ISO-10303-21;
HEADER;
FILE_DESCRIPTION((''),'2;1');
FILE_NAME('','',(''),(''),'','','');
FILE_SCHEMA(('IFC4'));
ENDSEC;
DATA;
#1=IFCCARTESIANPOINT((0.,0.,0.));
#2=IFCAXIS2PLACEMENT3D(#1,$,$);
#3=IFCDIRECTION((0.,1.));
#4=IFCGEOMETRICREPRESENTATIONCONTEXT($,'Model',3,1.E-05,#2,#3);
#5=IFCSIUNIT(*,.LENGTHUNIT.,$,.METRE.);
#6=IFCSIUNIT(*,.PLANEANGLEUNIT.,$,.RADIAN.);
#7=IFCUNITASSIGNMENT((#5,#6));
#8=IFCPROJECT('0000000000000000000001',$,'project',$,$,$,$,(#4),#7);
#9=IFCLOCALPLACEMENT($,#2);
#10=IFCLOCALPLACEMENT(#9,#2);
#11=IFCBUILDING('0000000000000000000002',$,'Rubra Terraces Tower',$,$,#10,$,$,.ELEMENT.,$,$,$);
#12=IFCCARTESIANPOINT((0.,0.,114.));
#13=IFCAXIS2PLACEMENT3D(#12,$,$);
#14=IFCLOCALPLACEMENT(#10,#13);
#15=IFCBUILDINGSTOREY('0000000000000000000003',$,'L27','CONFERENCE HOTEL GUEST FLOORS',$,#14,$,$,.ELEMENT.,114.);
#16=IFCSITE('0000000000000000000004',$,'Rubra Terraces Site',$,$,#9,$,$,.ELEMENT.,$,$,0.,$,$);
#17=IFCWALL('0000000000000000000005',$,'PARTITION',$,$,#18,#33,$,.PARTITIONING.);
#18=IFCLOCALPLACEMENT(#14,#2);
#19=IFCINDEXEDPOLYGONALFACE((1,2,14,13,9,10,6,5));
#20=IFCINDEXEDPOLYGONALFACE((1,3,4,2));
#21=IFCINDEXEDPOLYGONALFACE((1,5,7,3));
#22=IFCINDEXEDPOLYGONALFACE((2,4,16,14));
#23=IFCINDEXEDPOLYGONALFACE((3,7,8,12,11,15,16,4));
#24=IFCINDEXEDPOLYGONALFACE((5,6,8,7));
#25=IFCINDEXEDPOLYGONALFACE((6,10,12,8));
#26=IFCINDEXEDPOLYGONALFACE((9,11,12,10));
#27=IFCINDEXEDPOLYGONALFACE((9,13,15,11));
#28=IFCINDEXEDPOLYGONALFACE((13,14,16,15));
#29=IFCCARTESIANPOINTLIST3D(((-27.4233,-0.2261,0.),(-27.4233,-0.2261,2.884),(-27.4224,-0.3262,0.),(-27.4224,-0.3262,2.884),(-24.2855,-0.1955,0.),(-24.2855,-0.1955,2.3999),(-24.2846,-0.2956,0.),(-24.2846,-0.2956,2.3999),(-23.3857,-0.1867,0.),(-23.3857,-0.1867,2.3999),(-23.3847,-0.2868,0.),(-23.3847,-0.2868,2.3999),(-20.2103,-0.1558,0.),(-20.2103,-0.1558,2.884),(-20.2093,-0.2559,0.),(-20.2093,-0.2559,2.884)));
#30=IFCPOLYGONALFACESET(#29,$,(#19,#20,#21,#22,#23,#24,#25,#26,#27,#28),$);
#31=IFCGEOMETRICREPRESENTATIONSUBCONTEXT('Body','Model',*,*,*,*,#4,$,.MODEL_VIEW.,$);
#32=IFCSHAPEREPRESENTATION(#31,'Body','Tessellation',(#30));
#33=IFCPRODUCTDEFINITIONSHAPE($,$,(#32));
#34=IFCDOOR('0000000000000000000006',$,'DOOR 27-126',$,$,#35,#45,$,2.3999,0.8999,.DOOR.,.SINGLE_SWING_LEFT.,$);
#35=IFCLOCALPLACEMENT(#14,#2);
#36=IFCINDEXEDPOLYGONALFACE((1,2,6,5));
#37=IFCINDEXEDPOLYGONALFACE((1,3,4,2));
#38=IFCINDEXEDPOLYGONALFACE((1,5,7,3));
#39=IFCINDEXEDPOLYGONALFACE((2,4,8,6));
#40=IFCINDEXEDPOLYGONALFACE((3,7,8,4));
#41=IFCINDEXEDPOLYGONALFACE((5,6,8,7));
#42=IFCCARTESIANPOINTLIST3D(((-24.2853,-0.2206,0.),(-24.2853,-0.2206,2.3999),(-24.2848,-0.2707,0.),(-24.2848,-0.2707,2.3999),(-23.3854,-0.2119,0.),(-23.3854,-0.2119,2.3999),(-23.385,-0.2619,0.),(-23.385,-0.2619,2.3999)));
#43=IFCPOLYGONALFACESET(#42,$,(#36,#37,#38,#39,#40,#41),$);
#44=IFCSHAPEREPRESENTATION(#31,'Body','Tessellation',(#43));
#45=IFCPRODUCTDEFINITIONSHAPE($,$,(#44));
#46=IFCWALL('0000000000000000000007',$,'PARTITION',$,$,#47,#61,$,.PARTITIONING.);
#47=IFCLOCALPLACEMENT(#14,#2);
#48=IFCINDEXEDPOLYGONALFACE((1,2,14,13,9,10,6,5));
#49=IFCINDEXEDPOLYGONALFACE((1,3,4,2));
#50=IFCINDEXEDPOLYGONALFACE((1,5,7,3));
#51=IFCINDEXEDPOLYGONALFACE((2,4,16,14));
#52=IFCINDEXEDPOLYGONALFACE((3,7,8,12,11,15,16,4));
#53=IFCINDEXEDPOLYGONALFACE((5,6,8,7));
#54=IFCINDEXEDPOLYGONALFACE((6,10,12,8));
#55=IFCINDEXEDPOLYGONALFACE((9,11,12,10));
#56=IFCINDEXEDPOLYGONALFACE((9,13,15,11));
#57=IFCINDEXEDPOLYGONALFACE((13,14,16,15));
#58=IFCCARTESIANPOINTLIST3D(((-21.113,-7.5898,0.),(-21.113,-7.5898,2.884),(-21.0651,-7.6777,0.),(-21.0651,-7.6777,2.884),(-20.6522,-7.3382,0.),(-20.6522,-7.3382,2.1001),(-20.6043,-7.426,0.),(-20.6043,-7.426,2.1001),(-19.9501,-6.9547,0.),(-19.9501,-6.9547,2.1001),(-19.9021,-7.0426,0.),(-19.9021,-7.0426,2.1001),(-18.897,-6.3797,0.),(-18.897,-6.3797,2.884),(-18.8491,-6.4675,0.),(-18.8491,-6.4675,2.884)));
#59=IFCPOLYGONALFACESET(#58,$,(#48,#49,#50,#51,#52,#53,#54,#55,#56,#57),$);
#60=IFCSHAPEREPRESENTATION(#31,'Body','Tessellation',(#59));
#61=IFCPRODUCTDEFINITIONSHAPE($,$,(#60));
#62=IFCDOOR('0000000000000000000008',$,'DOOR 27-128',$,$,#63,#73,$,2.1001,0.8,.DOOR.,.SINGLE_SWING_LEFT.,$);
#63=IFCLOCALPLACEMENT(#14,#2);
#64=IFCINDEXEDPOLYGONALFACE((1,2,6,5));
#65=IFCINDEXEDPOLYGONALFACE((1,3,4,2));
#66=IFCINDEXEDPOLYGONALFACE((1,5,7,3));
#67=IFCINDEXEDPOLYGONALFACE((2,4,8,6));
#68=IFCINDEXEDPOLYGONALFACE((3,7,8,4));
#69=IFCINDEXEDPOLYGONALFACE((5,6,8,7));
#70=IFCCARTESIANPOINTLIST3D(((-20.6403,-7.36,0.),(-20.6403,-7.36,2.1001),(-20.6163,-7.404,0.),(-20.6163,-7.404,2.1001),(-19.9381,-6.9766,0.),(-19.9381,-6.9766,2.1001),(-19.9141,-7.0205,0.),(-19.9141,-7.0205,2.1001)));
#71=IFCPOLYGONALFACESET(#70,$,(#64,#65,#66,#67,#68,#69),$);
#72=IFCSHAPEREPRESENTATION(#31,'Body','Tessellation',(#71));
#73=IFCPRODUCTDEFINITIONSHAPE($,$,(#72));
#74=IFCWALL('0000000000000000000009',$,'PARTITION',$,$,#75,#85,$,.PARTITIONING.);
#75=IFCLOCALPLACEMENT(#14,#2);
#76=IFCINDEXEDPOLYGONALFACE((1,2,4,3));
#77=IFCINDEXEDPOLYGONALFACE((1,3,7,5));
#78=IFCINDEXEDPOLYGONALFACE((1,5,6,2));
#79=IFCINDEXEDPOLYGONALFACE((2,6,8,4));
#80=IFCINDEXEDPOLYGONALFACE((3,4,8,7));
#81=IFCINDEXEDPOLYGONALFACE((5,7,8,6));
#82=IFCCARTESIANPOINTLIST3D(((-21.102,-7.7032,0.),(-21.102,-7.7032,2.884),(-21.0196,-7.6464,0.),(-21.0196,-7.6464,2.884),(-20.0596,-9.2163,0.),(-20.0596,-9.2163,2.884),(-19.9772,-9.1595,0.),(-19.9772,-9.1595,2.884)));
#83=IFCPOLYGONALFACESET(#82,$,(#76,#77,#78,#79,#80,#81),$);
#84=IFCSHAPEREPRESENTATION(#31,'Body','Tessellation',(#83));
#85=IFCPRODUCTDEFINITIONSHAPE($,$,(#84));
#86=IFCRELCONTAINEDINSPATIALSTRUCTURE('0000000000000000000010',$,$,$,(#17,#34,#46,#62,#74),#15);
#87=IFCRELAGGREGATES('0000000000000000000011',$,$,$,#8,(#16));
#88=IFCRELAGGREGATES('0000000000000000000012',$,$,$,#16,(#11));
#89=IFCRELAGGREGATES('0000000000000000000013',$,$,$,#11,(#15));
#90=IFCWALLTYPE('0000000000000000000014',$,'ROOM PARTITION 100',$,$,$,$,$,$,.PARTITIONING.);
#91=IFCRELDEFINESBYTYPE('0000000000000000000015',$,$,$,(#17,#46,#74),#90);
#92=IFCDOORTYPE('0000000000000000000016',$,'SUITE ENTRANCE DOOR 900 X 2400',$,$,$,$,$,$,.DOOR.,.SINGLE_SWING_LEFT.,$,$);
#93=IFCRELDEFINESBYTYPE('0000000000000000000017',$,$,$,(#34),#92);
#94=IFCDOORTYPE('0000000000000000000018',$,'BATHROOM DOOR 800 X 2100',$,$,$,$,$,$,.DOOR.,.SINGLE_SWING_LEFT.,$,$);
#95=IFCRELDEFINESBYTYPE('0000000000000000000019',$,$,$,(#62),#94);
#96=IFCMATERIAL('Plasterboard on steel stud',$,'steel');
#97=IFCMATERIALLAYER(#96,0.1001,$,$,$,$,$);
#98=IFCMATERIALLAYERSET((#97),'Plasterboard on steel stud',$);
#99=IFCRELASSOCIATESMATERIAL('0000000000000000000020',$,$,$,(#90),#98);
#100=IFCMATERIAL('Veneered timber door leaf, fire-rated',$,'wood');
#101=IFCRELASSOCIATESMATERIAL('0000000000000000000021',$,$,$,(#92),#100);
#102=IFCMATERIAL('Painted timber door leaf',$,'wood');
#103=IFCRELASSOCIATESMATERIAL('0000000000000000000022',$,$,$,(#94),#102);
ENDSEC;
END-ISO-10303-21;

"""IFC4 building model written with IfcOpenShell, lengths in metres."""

from ifc_helpers import new_model, si_unit, direction, frame, frame_2d, origin, place, context, subcontext, project, spatial, rectangle, extrude, material, layer, layer_set, type_object, element, fill, save


model = new_model("IFC4")

# Units and contexts
model_context = context("Model", 3, precision=1e-05, world=origin(), true_north=direction((0.0, 1.0)))
body_context = subcontext(model_context, "Body", "Model", "MODEL_VIEW")
ifc_project = project(units=[si_unit("LENGTHUNIT", "METRE"), si_unit("PLANEANGLEUNIT", "RADIAN")], contexts=[model_context])

# Site, building, storey
site_placement = place(None, origin())
site = spatial("IfcSite", under=ifc_project, at=site_placement, Name="Rubra Terraces Site", CompositionType="ELEMENT", RefElevation=0.0)
building_placement = place(site_placement, origin())
building = spatial("IfcBuilding", under=site, at=building_placement, Name="Rubra Terraces Tower", CompositionType="ELEMENT")
storey_placement = place(building_placement, frame((0.0, 0.0, 114.0)))
storey = spatial("IfcBuildingStorey", under=building, at=storey_placement, Name="L27", Description="CONFERENCE HOTEL GUEST FLOORS", CompositionType="ELEMENT", Elevation=114.0)

# Shared definitions
ifc_material_1 = material(Name="Painted timber door leaf", Category="wood")

# Walls, openings, doors
ifc_material_2 = material(Name="Plasterboard on steel stud", Category="steel")
ifc_layer_1 = layer(ifc_material_2, 0.1001)
ifc_layer_set_1 = layer_set([ifc_layer_1], Name="Plasterboard on steel stud")
wall_type_1 = type_object("IfcWallType", Name="ROOM PARTITION 100", PredefinedType="PARTITIONING", material=ifc_layer_set_1)
wall_1_placement = place(storey_placement, frame((-27.4229, -0.2761, 0.0), z_axis=(0.0, 0.0, 1.0), x_axis=(0.999952, 0.009747, 0.0)))
wall_1 = element("IfcWall", 1, at=wall_1_placement, inside=storey, type_object=wall_type_1, Name="PARTITION", PredefinedType="PARTITIONING", context=body_context, shape_type="SweptSolid", body=[
    extrude(rectangle(XDim=7.2134, YDim=0.1001, at=frame_2d((3.6067, 0.0))), origin(), (0.0, 0.0, 1.0), 2.884),
])
opening_1_placement = place(wall_1_placement, frame((3.1379, 0.0, 0.0)))
opening_1 = element("IfcOpeningElement", 2, at=opening_1_placement, cuts=wall_1, PredefinedType="OPENING", context=body_context, shape_type="SweptSolid", body=[
    extrude(rectangle(XDim=0.8999, YDim=2.3999, at=frame_2d((0.45, 1.2))), frame((0.0, 0.0601, 0.0), z_axis=(0.0, -1.0, 0.0), x_axis=(1.0, 0.0, 0.0)), (0.0, 0.0, 1.0), 0.1201),
])
ifc_material_3 = material(Name="Veneered timber door leaf, fire-rated", Category="wood")
door_type_1 = type_object("IfcDoorType", Name="SUITE ENTRANCE DOOR 900 X 2400", OperationType="SINGLE_SWING_LEFT", PredefinedType="DOOR", material=ifc_material_3)
door_1_placement = place(opening_1_placement, origin())
door_1 = element("IfcDoor", 3, at=door_1_placement, inside=storey, type_object=door_type_1, Name="DOOR 27-126", OperationType="SINGLE_SWING_LEFT", OverallHeight=2.3999, OverallWidth=0.8999, PredefinedType="DOOR", context=body_context, shape_type="SweptSolid", body=[
    extrude(rectangle(XDim=0.8999, YDim=2.3999, at=frame_2d((0.45, 1.2))), frame((0.0, 0.0249, 0.0), z_axis=(0.0, -1.0, 0.0), x_axis=(1.0, 0.0, 0.0)), (0.0, 0.0, 1.0), 0.05),
])
fill(opening_1, door_1)
wall_2_placement = place(storey_placement, frame((-18.873, -6.4236, 0.0), z_axis=(0.0, 0.0, 1.0), x_axis=(-0.877655, -0.479292, 0.0)))
wall_2 = element("IfcWall", 4, at=wall_2_placement, inside=storey, type_object=wall_type_1, Name="PARTITION", PredefinedType="PARTITIONING", context=body_context, shape_type="SweptSolid", body=[
    extrude(rectangle(XDim=2.5249, YDim=0.1001, at=frame_2d((1.2625, 0.0))), origin(), (0.0, 0.0, 1.0), 2.884),
])
opening_2_placement = place(wall_2_placement, frame((1.2, 0.0, 0.0)))
opening_2 = element("IfcOpeningElement", 5, at=opening_2_placement, cuts=wall_2, PredefinedType="OPENING", context=body_context, shape_type="SweptSolid", body=[
    extrude(rectangle(XDim=0.8, YDim=2.1001, at=frame_2d((0.3999, 1.05))), frame((0.0, 0.0601, 0.0), z_axis=(0.0, -1.0, 0.0), x_axis=(1.0, 0.0, 0.0)), (0.0, 0.0, 1.0), 0.1201),
])
door_type_2 = type_object("IfcDoorType", Name="BATHROOM DOOR 800 X 2100", OperationType="SINGLE_SWING_LEFT", PredefinedType="DOOR", material=ifc_material_1)
door_2_placement = place(opening_2_placement, origin())
door_2 = element("IfcDoor", 6, at=door_2_placement, inside=storey, type_object=door_type_2, Name="DOOR 27-128", OperationType="SINGLE_SWING_LEFT", OverallHeight=2.1001, OverallWidth=0.8, PredefinedType="DOOR", context=body_context, shape_type="SweptSolid", body=[
    extrude(rectangle(XDim=0.8, YDim=2.1001, at=frame_2d((0.3999, 1.05))), frame((0.0, 0.0249, 0.0), z_axis=(0.0, -1.0, 0.0), x_axis=(1.0, 0.0, 0.0)), (0.0, 0.0, 1.0), 0.05),
])
fill(opening_2, door_2)

# Wall
wall_3_placement = place(storey_placement, frame((-21.0608, -7.6748, 0.0), z_axis=(0.0, 0.0, 1.0), x_axis=(0.567329, -0.823491, 0.0)))
element("IfcWall", 7, at=wall_3_placement, inside=storey, type_object=wall_type_1, Name="PARTITION", PredefinedType="PARTITIONING", context=body_context, shape_type="SweptSolid", body=[
    extrude(rectangle(XDim=1.8374, YDim=0.1001, at=frame_2d((0.9187, 0.0))), origin(), (0.0, 0.0, 1.0), 2.884),
])

save(model, "model.ifc")
